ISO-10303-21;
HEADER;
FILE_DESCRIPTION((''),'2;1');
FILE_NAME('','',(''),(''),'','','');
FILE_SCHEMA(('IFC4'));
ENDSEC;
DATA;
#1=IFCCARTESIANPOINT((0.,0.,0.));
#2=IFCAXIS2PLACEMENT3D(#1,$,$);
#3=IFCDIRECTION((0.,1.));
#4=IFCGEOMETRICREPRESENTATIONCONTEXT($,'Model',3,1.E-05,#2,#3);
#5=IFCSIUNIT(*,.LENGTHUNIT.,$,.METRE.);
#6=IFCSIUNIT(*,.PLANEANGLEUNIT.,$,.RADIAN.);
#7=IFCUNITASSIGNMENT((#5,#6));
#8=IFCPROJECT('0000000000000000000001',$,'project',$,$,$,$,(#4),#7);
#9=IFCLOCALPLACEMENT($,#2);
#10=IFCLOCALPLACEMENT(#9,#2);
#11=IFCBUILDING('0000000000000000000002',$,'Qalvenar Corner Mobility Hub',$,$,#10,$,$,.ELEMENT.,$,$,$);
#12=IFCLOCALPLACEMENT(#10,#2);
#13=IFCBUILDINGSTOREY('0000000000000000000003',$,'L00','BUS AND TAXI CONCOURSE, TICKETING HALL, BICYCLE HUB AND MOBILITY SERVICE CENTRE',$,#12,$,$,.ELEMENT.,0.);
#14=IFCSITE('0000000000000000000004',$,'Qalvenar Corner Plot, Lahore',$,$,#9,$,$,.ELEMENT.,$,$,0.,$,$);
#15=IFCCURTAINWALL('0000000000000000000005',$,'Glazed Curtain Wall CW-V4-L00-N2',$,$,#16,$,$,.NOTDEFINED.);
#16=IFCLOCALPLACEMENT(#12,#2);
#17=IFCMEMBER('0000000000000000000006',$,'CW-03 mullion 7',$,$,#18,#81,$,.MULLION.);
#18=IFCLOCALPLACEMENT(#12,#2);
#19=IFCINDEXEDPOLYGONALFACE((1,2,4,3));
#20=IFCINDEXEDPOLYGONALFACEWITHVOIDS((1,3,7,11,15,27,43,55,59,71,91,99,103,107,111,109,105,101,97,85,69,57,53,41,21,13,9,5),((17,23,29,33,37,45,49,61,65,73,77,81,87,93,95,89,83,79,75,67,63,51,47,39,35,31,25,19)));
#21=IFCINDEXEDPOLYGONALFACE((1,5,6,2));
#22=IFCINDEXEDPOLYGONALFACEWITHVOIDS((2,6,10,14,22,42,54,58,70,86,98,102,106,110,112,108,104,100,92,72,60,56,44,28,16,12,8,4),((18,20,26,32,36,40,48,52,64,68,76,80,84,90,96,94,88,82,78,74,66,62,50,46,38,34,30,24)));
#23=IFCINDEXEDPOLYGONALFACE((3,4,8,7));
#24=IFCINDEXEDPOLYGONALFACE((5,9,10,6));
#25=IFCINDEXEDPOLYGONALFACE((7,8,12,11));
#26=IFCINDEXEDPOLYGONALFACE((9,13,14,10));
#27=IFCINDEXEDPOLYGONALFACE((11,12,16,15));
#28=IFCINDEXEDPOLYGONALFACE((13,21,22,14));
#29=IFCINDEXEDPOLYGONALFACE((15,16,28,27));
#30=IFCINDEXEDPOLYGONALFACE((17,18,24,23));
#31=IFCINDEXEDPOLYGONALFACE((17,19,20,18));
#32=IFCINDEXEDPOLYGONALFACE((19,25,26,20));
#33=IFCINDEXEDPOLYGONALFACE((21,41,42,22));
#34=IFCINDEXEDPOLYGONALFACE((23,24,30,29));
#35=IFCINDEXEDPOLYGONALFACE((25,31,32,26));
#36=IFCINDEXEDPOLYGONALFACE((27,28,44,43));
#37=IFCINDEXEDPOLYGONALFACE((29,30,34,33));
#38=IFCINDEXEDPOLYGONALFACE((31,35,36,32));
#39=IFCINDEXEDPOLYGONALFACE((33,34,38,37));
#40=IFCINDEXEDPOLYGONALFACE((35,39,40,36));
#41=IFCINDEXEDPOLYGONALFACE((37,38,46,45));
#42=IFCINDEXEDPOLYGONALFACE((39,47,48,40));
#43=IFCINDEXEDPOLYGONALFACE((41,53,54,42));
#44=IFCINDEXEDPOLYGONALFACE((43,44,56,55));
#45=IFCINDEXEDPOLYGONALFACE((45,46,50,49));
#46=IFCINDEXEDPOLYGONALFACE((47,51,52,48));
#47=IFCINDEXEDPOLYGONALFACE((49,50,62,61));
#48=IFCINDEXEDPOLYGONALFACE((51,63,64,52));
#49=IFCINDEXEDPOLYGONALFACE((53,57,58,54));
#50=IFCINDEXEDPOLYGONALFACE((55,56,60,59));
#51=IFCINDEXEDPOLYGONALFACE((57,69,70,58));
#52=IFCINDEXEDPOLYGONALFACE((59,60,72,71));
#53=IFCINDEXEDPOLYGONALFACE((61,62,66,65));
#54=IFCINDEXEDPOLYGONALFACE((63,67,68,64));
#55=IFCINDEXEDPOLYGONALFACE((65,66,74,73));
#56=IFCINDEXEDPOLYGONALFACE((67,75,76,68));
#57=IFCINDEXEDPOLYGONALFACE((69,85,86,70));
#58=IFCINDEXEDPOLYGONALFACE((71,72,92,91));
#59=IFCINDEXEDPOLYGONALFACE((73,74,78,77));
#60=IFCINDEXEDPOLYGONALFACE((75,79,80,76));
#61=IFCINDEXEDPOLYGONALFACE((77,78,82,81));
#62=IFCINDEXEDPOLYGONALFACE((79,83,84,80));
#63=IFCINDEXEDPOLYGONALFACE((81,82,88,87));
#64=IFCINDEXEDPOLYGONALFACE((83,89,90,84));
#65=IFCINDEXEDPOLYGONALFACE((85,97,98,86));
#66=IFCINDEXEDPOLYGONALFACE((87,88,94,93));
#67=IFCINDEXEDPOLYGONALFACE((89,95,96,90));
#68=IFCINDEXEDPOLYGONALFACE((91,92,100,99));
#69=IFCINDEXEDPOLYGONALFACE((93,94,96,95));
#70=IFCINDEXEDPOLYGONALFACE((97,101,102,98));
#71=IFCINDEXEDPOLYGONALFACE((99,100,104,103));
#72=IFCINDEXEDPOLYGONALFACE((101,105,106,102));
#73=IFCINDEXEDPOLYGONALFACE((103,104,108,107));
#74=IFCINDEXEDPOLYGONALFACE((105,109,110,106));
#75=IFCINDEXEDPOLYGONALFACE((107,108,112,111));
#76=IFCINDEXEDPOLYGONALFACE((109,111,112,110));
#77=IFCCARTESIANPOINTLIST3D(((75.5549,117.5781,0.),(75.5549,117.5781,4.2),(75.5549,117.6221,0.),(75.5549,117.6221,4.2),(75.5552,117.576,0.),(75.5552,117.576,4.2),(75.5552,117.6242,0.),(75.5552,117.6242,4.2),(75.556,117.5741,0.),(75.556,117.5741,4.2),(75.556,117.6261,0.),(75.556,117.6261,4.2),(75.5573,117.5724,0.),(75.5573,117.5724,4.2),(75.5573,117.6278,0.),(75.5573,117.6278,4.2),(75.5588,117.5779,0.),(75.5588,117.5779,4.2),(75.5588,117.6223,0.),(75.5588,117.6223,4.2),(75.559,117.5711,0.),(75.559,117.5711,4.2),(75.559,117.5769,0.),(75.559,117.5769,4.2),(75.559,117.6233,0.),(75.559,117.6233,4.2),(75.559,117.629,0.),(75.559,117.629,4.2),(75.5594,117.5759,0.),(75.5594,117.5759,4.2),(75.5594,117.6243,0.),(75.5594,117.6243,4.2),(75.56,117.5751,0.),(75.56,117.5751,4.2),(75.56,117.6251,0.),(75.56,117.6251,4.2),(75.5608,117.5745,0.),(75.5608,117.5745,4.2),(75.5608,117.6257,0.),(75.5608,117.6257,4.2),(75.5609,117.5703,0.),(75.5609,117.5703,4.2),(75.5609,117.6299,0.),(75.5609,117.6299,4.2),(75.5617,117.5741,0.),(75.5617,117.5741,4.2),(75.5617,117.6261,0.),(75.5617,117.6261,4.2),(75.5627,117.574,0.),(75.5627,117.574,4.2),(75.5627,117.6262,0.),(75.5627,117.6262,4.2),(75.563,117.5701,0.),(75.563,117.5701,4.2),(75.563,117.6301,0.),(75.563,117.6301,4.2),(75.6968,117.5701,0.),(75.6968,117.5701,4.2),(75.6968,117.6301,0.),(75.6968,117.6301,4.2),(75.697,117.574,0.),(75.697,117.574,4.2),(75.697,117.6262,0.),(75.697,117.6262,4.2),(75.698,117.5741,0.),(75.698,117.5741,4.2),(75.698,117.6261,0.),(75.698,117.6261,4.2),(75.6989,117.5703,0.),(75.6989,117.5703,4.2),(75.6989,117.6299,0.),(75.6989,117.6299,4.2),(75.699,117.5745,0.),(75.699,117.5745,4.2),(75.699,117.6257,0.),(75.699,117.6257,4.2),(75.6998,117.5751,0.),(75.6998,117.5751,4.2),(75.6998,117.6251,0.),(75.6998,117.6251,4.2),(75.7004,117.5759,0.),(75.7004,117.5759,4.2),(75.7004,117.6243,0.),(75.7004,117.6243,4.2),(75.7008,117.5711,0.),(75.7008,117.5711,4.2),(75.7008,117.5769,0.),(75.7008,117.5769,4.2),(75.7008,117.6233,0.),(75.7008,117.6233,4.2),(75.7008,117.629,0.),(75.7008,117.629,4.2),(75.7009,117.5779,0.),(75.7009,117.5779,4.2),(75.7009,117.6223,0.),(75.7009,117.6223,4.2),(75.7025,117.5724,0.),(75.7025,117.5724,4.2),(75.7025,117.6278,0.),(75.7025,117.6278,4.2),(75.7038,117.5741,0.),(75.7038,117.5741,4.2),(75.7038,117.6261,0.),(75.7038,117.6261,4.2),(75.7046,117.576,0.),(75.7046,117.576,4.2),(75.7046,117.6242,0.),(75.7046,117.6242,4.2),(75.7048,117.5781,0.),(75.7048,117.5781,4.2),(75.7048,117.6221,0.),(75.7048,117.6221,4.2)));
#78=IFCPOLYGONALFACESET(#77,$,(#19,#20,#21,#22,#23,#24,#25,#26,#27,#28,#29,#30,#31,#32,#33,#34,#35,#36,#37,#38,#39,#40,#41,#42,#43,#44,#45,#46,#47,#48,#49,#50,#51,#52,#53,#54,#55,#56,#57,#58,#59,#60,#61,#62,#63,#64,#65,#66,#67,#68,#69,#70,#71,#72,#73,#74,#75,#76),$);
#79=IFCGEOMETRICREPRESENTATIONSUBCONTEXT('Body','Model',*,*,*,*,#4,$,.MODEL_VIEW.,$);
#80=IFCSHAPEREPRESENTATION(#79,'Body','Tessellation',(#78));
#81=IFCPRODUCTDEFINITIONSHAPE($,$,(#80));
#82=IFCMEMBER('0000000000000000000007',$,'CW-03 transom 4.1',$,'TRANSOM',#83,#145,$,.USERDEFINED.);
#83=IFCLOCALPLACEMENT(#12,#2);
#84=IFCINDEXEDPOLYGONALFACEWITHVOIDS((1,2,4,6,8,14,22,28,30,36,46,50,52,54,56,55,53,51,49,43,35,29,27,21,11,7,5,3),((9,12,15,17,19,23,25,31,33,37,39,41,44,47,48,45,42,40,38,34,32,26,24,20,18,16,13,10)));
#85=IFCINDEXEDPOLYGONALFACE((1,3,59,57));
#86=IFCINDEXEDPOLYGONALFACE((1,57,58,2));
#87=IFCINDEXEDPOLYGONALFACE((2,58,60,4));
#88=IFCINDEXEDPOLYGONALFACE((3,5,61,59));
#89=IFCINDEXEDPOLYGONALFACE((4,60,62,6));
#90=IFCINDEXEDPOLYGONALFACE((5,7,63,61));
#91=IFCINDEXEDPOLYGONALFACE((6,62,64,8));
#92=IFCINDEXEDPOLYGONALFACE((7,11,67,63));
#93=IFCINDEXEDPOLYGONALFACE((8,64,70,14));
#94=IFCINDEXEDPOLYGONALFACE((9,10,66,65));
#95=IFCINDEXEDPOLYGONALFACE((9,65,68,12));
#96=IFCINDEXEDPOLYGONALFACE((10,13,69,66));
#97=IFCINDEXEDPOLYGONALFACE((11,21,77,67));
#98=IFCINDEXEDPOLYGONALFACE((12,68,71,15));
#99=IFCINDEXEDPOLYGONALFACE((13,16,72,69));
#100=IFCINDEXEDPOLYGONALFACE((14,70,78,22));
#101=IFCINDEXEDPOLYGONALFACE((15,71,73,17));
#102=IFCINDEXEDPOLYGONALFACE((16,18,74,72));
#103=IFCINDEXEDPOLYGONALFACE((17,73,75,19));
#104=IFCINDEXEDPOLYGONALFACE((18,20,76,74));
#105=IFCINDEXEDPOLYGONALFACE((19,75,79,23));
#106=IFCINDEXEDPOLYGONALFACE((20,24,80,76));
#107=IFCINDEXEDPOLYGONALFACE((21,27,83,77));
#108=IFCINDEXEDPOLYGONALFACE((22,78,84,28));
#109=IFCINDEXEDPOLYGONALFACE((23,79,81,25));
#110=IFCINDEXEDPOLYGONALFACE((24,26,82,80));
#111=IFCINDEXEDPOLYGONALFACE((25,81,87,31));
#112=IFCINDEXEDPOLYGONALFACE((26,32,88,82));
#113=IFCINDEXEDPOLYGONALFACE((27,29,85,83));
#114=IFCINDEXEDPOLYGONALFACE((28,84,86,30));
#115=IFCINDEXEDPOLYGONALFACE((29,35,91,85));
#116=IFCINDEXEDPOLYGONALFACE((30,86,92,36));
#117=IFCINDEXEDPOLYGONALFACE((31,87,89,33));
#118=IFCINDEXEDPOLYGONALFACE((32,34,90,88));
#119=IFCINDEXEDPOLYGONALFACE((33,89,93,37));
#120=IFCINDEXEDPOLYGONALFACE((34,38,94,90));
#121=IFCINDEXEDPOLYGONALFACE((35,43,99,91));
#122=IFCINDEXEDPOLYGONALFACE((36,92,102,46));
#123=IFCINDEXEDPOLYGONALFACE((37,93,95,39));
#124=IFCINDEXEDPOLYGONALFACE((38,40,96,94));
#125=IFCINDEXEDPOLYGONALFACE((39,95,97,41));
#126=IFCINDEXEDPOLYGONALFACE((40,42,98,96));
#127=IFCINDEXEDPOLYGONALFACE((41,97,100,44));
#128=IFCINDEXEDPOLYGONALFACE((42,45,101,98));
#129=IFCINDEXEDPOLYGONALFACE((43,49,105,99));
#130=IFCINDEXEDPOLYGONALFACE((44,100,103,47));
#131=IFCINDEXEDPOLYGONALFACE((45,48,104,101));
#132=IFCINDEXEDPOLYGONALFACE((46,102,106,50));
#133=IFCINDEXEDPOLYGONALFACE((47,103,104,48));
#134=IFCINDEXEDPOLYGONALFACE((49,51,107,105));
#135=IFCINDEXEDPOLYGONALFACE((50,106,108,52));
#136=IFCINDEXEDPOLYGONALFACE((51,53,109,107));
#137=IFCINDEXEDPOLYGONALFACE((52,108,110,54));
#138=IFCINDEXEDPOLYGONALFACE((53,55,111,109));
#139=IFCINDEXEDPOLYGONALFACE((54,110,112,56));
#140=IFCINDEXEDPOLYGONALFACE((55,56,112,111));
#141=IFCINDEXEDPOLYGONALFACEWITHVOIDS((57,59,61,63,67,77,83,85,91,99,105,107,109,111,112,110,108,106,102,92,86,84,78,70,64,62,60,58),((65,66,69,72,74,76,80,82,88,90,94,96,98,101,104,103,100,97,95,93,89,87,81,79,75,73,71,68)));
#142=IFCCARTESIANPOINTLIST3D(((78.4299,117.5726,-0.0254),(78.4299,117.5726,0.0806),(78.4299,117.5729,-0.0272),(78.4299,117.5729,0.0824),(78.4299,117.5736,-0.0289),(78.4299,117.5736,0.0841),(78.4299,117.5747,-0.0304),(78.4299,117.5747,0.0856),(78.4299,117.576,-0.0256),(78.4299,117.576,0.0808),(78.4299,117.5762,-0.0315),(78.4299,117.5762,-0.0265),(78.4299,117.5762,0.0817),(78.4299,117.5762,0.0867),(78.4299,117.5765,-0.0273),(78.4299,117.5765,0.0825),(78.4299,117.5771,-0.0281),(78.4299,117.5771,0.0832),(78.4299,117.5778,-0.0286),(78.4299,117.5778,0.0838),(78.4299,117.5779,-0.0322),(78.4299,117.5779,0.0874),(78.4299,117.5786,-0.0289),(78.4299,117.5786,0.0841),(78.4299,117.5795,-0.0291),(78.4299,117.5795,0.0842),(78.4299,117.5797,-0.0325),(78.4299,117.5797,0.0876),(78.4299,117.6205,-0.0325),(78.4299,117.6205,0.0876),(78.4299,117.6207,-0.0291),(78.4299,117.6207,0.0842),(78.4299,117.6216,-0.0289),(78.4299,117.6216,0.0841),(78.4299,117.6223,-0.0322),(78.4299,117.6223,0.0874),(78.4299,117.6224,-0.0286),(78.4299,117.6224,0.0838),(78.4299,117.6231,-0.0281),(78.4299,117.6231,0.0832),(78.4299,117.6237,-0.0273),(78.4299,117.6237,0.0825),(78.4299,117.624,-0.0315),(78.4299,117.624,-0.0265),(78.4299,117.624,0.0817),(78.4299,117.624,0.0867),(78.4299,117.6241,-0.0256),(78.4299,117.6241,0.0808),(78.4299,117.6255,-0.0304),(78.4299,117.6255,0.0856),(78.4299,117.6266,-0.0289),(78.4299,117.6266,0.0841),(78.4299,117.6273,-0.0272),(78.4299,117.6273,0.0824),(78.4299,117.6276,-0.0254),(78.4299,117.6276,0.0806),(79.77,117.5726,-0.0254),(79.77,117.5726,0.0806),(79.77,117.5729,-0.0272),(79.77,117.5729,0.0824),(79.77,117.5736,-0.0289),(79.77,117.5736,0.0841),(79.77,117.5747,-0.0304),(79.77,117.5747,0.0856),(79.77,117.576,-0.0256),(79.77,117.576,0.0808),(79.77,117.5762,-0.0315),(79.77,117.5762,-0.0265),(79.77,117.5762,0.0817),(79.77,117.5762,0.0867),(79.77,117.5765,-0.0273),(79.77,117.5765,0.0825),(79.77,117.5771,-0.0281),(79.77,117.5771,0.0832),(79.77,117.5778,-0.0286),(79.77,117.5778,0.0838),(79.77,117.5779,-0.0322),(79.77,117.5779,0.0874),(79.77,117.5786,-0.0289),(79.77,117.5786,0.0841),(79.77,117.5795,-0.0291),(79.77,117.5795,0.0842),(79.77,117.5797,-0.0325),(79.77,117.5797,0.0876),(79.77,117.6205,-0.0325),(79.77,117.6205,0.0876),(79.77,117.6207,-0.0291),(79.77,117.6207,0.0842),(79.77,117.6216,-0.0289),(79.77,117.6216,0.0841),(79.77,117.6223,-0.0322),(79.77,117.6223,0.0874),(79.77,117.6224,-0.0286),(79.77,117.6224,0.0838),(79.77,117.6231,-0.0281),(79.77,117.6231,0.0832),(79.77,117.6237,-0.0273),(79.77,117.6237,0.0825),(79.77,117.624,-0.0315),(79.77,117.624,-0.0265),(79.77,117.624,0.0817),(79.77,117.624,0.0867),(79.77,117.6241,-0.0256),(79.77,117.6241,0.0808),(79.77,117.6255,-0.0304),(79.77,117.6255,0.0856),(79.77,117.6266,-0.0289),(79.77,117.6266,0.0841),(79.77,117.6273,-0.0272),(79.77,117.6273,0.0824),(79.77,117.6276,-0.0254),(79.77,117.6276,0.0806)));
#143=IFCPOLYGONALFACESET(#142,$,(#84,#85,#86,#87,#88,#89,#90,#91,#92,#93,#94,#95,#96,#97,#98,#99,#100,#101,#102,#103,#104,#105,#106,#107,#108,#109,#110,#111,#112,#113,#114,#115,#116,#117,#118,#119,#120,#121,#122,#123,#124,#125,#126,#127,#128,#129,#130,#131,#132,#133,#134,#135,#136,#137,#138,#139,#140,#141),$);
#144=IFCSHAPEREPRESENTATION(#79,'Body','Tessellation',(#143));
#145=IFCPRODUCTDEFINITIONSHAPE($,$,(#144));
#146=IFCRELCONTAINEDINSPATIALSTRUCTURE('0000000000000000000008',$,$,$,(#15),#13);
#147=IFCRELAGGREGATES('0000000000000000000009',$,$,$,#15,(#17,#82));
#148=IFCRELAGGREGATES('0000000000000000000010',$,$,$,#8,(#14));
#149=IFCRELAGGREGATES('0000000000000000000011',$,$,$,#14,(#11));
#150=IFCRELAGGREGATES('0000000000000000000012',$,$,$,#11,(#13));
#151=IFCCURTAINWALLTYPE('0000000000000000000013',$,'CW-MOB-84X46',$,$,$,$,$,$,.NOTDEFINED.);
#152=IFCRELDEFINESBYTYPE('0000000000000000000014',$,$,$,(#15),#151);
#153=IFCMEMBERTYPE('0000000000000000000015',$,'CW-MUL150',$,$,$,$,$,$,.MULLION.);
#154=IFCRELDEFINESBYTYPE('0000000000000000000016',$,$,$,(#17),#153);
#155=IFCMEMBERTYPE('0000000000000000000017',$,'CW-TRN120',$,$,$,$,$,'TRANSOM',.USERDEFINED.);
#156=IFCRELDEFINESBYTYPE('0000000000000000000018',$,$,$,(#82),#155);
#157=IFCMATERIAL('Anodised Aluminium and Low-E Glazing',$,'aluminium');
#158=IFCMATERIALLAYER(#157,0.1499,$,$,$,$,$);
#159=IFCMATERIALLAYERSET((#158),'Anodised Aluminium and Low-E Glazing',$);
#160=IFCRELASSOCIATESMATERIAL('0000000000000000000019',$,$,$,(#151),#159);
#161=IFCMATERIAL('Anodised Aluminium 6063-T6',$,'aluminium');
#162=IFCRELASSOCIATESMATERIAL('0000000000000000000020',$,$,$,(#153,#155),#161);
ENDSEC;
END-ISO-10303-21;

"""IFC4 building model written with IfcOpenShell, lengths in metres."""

from ifc_helpers import new_model, si_unit, direction, frame, origin, origin_2d, place, context, subcontext, project, spatial, hollow_rectangle, extrude, material, layer, layer_set, material_profile, profile_set, type_object, element, aggregate, save


model = new_model("IFC4")

# Units and contexts
model_context = context("Model", 3, precision=1e-05, world=origin(), true_north=direction((0.0, 1.0)))
body_context = subcontext(model_context, "Body", "Model", "MODEL_VIEW")
ifc_project = project(units=[si_unit("LENGTHUNIT", "METRE"), si_unit("PLANEANGLEUNIT", "RADIAN")], contexts=[model_context])

# Site, building, storey
site_placement = place(None, origin())
site = spatial("IfcSite", under=ifc_project, at=site_placement, Name="Qalvenar Corner Plot, Lahore", CompositionType="ELEMENT", RefElevation=0.0)
building_placement = place(site_placement, origin())
building = spatial("IfcBuilding", under=site, at=building_placement, Name="Qalvenar Corner Mobility Hub", CompositionType="ELEMENT")
storey_placement = place(building_placement, origin())
storey = spatial("IfcBuildingStorey", under=building, at=storey_placement, Name="L00", Description="BUS AND TAXI CONCOURSE, TICKETING HALL, BICYCLE HUB AND MOBILITY SERVICE CENTRE", CompositionType="ELEMENT", Elevation=0.0)

# Curtain wall, members
ifc_material_1 = material(Name="Anodised Aluminium and Low-E Glazing", Category="aluminium")
ifc_layer_1 = layer(ifc_material_1, 0.1499)
ifc_layer_set_1 = layer_set([ifc_layer_1], Name="Anodised Aluminium and Low-E Glazing")
curtain_wall_type = type_object("IfcCurtainWallType", Name="CW-MOB-84X46", PredefinedType="NOTDEFINED", material=ifc_layer_set_1)
curtain_wall_placement = place(storey_placement, origin())
curtain_wall = element("IfcCurtainWall", 1, at=curtain_wall_placement, inside=storey, type_object=curtain_wall_type, Name="Glazed Curtain Wall CW-V4-L00-N2", PredefinedType="NOTDEFINED")
ifc_material_2 = material(Name="Anodised Aluminium 6063-T6", Category="aluminium")
ifc_material_profile_1 = material_profile(ifc_material_2, hollow_rectangle(XDim=0.0601, YDim=0.1499, WallThickness=0.0039, InnerFilletRadius=0.0039, OuterFilletRadius=0.0081, at=origin_2d()), Name="RHS150x60x4")
ifc_profile_set_1 = profile_set([ifc_material_profile_1], Name="Anodised Aluminium 6063-T6")
member_type_1 = type_object("IfcMemberType", Name="CW-MUL150", PredefinedType="MULLION", material=ifc_profile_set_1)
member_1_placement = place(storey_placement, frame((75.6299, 117.6001, 0.0), z_axis=(0.0, 0.0, 1.0), x_axis=(0.0, -1.0, 0.0)))
member_1 = element("IfcMember", 2, at=member_1_placement, type_object=member_type_1, Name="CW-03 mullion 7", PredefinedType="MULLION", context=body_context, shape_type="SweptSolid", body=[
    extrude(hollow_rectangle(XDim=0.0601, YDim=0.1499, WallThickness=0.0039, InnerFilletRadius=0.0039, OuterFilletRadius=0.0081, at=origin_2d()), origin(), (0.0, 0.0, 1.0), 4.2),
])
ifc_material_profile_2 = material_profile(ifc_material_2, hollow_rectangle(XDim=0.0549, YDim=0.1201, WallThickness=0.0034, InnerFilletRadius=0.0034, OuterFilletRadius=0.0071, at=origin_2d()), Name="RHS120x55x3.5")
ifc_profile_set_2 = profile_set([ifc_material_profile_2], Name="Anodised Aluminium 6063-T6")
member_type_2 = type_object("IfcMemberType", Name="CW-TRN120", ElementType="TRANSOM", PredefinedType="USERDEFINED", material=ifc_profile_set_2)
member_2_placement = place(storey_placement, frame((79.77, 117.6001, 0.0276), z_axis=(-1.0, 0.0, 0.0), x_axis=(0.0, -1.0, 0.0)))
member_2 = element("IfcMember", 3, at=member_2_placement, type_object=member_type_2, Name="CW-03 transom 4.1", ObjectType="TRANSOM", PredefinedType="USERDEFINED", context=body_context, shape_type="SweptSolid", body=[
    extrude(hollow_rectangle(XDim=0.0549, YDim=0.1201, WallThickness=0.0034, InnerFilletRadius=0.0034, OuterFilletRadius=0.0071, at=origin_2d()), origin(), (0.0, 0.0, 1.0), 1.3401),
])
aggregate(curtain_wall, [member_1, member_2])

save(model, "model.ifc")
